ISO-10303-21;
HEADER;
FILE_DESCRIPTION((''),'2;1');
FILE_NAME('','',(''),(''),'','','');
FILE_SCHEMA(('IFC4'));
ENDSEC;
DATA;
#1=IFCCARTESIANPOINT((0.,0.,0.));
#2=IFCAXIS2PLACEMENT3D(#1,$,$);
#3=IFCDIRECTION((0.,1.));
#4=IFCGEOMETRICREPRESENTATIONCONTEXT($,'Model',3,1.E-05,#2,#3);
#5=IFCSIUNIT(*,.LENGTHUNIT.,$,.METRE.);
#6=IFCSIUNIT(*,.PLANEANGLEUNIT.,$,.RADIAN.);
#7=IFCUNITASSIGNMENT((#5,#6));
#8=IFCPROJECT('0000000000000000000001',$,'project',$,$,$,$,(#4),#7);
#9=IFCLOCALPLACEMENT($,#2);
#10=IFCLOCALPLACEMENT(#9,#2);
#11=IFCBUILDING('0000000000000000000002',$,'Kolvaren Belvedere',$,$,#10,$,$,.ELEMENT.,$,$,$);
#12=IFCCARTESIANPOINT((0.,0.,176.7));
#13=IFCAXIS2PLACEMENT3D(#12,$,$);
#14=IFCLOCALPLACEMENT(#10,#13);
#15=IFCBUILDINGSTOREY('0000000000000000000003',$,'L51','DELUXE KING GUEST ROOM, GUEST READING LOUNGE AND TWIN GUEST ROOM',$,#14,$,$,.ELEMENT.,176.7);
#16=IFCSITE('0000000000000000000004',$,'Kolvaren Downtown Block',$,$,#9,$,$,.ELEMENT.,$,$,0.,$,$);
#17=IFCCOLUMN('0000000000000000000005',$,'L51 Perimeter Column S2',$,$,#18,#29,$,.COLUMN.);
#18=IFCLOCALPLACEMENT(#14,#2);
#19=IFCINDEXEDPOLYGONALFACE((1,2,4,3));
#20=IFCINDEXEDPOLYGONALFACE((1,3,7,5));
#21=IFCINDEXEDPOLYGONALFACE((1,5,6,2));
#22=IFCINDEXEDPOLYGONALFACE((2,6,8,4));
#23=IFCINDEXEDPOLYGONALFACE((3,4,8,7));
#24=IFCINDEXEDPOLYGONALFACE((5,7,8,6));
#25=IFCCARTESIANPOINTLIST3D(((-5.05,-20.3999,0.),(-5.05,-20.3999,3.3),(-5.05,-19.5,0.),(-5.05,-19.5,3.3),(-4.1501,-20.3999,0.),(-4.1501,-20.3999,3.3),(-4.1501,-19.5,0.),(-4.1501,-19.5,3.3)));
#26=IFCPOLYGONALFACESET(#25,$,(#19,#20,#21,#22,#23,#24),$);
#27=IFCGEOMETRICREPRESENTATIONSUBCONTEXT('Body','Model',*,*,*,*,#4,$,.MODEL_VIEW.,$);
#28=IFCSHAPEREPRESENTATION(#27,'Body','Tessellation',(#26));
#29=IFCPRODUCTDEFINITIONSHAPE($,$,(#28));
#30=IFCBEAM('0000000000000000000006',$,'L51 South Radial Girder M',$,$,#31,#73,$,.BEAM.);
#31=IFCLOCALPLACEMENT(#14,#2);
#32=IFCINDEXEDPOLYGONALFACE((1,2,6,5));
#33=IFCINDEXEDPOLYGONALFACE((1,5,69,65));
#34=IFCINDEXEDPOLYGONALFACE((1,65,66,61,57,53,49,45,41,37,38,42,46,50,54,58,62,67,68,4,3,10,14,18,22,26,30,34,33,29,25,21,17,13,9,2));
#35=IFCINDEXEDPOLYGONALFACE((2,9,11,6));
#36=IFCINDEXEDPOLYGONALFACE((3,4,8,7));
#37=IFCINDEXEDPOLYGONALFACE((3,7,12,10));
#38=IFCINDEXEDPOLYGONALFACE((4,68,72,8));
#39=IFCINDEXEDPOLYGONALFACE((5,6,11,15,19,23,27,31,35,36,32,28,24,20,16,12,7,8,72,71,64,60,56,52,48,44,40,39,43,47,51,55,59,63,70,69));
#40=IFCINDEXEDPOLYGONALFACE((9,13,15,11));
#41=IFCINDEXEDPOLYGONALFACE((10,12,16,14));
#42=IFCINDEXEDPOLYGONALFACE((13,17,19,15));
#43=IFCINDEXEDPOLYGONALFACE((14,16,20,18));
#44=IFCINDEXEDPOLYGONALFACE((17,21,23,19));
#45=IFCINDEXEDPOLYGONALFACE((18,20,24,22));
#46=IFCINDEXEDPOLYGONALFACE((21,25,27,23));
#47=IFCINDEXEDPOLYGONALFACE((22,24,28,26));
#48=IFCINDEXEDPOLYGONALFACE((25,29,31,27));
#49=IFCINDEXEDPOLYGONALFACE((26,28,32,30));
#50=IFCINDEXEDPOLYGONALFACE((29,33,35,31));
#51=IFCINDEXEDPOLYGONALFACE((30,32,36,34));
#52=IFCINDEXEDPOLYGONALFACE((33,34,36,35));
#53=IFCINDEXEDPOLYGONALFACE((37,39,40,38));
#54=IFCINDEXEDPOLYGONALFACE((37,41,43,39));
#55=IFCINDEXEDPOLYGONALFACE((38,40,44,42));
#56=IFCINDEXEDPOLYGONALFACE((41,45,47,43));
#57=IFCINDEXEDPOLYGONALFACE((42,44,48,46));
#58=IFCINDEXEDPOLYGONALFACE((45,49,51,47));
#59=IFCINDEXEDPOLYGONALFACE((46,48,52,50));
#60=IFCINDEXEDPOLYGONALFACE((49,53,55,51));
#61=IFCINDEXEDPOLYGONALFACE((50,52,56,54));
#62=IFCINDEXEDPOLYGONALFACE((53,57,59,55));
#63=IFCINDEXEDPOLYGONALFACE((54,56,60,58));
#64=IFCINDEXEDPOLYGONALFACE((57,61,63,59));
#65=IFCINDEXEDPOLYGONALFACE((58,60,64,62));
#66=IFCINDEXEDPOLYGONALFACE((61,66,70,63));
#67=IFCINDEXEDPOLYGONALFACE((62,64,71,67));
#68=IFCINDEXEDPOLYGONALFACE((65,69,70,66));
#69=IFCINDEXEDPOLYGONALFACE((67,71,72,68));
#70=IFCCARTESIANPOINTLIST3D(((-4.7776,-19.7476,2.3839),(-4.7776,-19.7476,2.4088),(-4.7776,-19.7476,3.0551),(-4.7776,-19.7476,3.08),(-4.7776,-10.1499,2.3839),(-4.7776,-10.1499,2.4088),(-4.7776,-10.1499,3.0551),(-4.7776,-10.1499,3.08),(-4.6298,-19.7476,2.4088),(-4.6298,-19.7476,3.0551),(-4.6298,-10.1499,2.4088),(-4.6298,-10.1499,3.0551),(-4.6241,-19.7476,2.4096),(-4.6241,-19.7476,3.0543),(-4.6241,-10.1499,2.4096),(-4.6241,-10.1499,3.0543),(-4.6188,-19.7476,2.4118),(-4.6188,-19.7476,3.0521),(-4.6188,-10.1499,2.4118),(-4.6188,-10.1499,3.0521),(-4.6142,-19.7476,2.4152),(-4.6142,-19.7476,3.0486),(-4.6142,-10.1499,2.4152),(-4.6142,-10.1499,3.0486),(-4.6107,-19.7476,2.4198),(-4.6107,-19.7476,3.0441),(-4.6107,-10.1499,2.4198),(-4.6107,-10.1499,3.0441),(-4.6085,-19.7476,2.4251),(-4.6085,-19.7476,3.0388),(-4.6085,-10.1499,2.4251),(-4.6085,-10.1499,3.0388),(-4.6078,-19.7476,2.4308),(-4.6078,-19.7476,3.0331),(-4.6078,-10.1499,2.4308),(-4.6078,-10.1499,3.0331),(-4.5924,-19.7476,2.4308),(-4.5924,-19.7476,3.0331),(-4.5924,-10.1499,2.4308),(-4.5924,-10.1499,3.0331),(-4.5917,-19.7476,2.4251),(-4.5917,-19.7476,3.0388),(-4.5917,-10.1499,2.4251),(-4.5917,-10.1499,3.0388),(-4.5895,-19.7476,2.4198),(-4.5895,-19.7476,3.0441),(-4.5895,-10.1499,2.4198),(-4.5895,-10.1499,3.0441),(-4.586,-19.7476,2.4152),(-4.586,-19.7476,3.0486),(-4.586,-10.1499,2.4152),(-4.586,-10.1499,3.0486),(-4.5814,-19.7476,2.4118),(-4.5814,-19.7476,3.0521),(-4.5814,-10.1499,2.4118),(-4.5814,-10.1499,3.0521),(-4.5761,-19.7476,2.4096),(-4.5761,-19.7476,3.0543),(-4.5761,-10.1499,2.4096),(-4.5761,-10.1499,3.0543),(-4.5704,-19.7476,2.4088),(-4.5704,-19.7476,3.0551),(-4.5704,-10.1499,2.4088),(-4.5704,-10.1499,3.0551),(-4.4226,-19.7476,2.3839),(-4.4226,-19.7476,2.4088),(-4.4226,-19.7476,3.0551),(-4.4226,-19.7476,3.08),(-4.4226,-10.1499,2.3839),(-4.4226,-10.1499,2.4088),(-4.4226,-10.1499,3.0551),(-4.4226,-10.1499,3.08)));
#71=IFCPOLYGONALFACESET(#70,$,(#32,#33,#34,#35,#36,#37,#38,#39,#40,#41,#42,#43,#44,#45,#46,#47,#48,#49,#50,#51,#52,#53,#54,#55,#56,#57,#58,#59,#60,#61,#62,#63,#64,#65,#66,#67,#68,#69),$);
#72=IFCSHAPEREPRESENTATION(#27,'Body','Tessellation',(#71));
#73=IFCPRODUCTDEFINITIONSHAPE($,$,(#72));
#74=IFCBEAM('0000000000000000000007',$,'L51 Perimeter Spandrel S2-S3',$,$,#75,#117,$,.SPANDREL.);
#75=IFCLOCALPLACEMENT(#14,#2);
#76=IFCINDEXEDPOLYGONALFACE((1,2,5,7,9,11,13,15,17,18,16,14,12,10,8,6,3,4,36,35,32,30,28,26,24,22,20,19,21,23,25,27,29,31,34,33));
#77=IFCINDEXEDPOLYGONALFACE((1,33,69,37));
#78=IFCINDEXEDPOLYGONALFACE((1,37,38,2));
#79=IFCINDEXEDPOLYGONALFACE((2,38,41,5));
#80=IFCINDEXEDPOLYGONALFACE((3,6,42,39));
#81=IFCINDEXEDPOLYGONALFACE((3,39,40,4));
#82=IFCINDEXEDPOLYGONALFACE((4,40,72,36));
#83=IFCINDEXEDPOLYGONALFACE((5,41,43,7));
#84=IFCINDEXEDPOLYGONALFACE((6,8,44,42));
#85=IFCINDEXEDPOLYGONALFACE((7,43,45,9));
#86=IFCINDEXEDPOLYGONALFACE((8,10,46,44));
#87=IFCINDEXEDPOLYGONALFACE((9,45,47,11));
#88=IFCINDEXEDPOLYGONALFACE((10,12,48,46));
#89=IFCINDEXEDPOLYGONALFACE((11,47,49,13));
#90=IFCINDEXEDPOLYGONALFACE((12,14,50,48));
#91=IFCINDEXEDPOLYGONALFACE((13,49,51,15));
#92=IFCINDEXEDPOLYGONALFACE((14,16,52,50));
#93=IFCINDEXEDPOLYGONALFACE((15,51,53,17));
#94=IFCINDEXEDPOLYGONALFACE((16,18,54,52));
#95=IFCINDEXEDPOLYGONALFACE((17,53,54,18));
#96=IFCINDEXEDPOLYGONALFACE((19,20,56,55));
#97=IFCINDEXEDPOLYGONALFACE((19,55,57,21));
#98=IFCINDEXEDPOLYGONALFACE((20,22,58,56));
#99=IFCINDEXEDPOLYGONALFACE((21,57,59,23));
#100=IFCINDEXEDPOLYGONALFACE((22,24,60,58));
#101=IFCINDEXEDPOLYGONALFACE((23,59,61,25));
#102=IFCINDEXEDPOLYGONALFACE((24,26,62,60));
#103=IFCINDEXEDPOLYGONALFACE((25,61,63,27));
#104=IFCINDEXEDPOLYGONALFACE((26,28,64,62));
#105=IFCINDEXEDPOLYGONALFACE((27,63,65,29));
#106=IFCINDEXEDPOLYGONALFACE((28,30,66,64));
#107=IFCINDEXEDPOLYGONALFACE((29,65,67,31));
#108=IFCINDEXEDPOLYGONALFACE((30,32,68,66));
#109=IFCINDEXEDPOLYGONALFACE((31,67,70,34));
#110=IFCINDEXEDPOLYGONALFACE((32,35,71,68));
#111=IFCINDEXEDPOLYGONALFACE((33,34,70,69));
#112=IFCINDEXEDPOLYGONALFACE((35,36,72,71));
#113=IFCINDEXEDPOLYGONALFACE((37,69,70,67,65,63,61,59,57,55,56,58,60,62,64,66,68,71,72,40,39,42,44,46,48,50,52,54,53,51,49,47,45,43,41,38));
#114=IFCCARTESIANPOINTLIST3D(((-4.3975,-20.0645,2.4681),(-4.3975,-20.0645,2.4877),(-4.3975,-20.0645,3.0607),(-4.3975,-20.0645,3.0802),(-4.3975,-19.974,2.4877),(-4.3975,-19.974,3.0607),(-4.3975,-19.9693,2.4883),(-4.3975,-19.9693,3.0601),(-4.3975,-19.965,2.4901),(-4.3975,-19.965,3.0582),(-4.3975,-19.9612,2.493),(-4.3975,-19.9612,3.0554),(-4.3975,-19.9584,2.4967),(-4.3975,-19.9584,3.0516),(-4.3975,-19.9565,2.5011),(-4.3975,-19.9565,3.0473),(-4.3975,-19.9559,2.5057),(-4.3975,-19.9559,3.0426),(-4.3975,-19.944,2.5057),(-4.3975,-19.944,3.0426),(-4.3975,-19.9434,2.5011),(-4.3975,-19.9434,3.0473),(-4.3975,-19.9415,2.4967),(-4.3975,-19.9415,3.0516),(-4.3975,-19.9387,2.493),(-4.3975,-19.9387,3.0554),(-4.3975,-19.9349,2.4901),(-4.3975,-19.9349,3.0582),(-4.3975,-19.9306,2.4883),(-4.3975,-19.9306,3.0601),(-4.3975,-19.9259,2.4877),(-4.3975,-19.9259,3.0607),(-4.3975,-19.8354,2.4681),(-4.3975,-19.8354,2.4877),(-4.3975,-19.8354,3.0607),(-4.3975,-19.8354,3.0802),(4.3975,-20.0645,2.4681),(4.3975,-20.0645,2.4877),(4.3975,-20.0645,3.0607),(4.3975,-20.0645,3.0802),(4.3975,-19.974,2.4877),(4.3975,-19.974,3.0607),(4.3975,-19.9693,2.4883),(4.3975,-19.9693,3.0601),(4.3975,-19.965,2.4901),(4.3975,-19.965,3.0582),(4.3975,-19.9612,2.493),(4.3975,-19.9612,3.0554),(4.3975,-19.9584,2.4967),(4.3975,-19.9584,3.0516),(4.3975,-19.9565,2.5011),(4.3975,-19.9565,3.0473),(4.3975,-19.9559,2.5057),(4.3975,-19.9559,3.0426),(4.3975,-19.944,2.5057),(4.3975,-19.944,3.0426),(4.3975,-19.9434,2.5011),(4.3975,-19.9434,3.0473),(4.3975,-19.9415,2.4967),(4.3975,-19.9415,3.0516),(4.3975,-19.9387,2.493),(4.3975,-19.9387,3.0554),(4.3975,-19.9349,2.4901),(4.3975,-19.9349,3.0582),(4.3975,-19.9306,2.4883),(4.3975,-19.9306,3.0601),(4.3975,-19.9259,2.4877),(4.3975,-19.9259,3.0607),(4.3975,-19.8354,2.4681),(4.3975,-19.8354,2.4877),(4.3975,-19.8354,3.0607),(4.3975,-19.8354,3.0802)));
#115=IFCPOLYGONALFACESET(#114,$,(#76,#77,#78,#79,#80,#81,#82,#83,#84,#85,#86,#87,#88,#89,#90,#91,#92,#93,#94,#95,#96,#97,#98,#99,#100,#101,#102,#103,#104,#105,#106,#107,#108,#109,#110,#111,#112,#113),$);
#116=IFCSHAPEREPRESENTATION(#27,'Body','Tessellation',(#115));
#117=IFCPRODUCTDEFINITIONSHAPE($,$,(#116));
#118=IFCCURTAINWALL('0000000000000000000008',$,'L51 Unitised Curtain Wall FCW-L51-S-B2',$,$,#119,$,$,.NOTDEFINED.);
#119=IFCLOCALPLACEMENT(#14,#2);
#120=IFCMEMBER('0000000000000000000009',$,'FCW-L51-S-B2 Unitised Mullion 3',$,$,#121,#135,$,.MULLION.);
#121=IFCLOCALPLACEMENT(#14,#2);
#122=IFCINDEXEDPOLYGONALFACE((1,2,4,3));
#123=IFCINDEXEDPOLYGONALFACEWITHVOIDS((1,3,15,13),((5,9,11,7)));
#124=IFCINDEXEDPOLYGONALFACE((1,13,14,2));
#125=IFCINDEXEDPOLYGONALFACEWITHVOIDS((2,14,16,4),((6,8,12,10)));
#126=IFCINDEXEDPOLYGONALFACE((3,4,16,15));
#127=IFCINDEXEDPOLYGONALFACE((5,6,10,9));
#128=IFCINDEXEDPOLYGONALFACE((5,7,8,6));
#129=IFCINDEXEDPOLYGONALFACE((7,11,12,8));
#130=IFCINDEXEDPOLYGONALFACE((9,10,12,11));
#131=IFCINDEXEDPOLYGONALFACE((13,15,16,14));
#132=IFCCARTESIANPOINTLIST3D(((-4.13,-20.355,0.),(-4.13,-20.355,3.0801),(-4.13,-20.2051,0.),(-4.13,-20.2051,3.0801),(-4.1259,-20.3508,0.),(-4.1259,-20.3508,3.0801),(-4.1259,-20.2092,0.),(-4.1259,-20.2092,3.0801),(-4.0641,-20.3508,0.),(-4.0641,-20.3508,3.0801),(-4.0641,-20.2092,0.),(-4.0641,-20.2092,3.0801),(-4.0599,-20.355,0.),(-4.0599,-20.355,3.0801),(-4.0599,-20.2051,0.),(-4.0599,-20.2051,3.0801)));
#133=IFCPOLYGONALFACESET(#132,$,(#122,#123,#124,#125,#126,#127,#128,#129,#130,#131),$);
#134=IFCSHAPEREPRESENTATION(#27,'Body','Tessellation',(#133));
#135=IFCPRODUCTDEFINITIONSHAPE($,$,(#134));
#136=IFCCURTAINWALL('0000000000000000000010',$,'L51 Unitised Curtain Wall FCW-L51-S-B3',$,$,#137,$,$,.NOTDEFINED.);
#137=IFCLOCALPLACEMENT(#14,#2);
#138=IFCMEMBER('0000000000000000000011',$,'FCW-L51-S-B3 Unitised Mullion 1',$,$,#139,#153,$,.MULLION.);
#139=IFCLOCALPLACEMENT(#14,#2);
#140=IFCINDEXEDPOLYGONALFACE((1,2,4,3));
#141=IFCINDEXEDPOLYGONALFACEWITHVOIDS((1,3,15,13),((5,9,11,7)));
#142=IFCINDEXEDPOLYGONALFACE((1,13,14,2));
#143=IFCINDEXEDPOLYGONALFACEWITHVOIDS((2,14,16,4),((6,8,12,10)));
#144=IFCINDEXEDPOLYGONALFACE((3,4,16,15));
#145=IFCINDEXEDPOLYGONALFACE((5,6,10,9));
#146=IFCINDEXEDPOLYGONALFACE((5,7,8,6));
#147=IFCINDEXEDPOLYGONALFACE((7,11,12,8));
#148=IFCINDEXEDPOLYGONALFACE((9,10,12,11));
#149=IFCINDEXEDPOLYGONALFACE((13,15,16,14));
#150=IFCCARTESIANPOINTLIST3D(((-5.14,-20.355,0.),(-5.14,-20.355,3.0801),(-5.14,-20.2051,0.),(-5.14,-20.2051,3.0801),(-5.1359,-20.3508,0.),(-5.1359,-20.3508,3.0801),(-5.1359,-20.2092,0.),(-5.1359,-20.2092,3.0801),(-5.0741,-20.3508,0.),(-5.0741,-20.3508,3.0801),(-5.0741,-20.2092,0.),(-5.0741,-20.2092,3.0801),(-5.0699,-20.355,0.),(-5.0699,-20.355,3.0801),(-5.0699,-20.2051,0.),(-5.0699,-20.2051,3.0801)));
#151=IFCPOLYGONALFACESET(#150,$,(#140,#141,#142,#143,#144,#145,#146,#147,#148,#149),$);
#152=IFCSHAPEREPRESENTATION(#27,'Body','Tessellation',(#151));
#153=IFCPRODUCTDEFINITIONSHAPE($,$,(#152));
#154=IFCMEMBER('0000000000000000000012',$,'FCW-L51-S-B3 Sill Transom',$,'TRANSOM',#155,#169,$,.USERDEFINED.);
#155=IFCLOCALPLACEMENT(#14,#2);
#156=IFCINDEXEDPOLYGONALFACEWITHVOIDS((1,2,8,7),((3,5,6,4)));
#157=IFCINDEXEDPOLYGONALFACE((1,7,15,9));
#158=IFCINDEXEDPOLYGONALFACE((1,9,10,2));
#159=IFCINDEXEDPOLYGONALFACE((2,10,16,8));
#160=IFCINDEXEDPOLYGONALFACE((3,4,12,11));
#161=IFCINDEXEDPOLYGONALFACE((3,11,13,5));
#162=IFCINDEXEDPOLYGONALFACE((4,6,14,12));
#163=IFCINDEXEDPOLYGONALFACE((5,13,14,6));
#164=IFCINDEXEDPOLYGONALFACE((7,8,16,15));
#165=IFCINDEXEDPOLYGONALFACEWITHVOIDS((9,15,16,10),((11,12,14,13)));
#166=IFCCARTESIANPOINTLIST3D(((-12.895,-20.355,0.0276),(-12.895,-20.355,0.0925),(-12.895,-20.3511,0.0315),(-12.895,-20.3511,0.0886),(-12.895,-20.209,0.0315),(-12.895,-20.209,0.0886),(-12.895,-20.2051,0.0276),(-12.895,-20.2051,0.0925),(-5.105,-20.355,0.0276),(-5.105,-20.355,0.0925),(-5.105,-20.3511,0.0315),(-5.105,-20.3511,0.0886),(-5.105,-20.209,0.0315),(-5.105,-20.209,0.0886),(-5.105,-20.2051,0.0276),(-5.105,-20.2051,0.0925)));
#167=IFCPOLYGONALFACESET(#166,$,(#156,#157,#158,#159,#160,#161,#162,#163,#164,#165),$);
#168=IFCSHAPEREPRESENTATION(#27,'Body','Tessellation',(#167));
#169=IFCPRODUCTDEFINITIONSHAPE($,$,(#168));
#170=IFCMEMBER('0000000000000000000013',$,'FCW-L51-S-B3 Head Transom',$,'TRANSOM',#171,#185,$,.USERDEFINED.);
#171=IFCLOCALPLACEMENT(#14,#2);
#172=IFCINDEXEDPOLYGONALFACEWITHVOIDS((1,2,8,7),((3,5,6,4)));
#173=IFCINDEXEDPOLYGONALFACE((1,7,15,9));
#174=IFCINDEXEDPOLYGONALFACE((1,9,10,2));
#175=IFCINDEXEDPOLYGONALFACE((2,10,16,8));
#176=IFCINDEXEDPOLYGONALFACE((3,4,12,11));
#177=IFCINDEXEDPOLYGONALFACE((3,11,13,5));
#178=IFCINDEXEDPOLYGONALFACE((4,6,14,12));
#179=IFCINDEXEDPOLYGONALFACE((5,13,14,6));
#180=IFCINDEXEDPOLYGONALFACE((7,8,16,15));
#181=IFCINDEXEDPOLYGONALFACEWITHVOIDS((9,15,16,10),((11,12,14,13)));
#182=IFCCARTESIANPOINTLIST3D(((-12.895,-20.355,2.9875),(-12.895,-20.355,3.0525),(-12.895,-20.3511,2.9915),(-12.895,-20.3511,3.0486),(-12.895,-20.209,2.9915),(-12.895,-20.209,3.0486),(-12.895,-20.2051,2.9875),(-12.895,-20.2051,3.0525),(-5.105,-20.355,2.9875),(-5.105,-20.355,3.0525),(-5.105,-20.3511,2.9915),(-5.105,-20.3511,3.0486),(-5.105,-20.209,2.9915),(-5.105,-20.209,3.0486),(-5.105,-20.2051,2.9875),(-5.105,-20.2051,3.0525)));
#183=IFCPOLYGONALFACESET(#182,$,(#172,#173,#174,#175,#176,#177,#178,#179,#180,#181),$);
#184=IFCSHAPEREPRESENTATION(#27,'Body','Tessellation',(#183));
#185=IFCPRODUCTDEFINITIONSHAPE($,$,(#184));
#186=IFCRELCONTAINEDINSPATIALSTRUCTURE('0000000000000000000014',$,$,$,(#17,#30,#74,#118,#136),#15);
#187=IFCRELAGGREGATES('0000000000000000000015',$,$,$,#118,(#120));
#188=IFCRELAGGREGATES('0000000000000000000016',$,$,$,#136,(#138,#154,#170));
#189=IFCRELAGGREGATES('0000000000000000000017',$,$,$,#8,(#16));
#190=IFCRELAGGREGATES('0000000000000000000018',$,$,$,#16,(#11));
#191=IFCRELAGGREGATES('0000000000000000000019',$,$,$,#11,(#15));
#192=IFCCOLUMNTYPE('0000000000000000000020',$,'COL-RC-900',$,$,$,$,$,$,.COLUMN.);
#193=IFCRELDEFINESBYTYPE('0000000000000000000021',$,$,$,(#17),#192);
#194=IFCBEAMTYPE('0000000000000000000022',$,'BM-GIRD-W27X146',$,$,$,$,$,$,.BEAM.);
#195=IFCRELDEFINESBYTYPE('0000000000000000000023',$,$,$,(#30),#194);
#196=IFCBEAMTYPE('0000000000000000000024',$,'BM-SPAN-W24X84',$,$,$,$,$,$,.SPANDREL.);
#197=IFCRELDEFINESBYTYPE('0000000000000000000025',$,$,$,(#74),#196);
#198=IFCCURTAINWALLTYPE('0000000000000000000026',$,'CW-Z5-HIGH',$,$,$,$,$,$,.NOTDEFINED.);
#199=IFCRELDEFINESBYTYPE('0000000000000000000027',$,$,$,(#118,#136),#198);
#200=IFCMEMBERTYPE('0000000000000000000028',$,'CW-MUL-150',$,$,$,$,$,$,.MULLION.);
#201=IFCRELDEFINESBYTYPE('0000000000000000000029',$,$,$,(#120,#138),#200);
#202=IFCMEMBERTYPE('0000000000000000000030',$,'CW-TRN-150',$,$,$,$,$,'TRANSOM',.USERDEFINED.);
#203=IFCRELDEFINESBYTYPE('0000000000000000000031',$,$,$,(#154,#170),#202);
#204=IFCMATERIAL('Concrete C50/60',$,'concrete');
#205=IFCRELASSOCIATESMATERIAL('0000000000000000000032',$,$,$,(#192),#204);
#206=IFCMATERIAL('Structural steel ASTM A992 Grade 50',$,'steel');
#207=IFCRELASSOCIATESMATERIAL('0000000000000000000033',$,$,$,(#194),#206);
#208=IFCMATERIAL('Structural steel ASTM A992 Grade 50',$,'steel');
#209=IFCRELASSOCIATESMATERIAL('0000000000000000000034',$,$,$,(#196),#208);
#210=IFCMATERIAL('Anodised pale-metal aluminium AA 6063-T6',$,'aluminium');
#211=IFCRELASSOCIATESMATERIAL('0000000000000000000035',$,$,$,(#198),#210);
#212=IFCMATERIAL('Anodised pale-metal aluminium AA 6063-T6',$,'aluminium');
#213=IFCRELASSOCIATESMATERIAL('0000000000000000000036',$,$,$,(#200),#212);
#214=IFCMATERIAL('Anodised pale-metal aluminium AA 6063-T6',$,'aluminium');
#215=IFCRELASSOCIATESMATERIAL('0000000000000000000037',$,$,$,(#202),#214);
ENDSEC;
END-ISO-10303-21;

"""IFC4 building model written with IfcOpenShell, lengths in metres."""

from ifc_helpers import new_model, si_unit, direction, frame, origin, origin_2d, place, context, subcontext, project, spatial, rectangle, hollow_rectangle, i_section, extrude, material, material_profile, profile_set, type_object, element, aggregate, save


model = new_model("IFC4")

# Units and contexts
model_context = context("Model", 3, precision=1e-05, world=origin(), true_north=direction((0.0, 1.0)))
body_context = subcontext(model_context, "Body", "Model", "MODEL_VIEW")
ifc_project = project(units=[si_unit("LENGTHUNIT", "METRE"), si_unit("PLANEANGLEUNIT", "RADIAN")], contexts=[model_context])

# Site, building, storey
site_placement = place(None, origin())
site = spatial("IfcSite", under=ifc_project, at=site_placement, Name="Kolvaren Downtown Block", CompositionType="ELEMENT", RefElevation=0.0)
building_placement = place(site_placement, origin())
building = spatial("IfcBuilding", under=site, at=building_placement, Name="Kolvaren Belvedere", CompositionType="ELEMENT")
storey_placement = place(building_placement, frame((0.0, 0.0, 176.7)))
storey = spatial("IfcBuildingStorey", under=building, at=storey_placement, Name="L51", Description="DELUXE KING GUEST ROOM, GUEST READING LOUNGE AND TWIN GUEST ROOM", CompositionType="ELEMENT", Elevation=176.7)

# Column
ifc_material_1 = material(Name="Concrete C50/60", Category="concrete")
ifc_material_profile_1 = material_profile(ifc_material_1, rectangle(XDim=0.8999, YDim=0.8999, at=origin_2d()), Name="RC 900X900")
ifc_profile_set_1 = profile_set([ifc_material_profile_1], Name="Concrete C50/60")
column_type = type_object("IfcColumnType", Name="COL-RC-900", PredefinedType="COLUMN", material=ifc_profile_set_1)
column_placement = place(storey_placement, frame((-4.6001, -19.95, 0.0), z_axis=(0.0, 0.0, 1.0), x_axis=(1.0, 0.0, 0.0)))
element("IfcColumn", 1, at=column_placement, inside=storey, type_object=column_type, Name="L51 Perimeter Column S2", PredefinedType="COLUMN", context=body_context, shape_type="SweptSolid", body=[
    extrude(rectangle(XDim=0.8999, YDim=0.8999, at=origin_2d()), origin(), (0.0, 0.0, 1.0), 3.3),
])

# Beams
ifc_material_2 = material(Name="Structural steel ASTM A992 Grade 50", Category="steel")
ifc_material_profile_2 = material_profile(ifc_material_2, i_section(OverallWidth=0.355, OverallDepth=0.696, WebThickness=0.0154, FlangeThickness=0.0249, FilletRadius=0.022, at=origin_2d()), Name="W27X146")
ifc_profile_set_2 = profile_set([ifc_material_profile_2], Name="Structural steel ASTM A992 Grade 50")
beam_type_1 = type_object("IfcBeamType", Name="BM-GIRD-W27X146", PredefinedType="BEAM", material=ifc_profile_set_2)
beam_1_placement = place(storey_placement, frame((-4.6001, -10.1499, 2.7319), z_axis=(0.0, -1.0, 0.0), x_axis=(1.0, 0.0, 0.0)))
element("IfcBeam", 2, at=beam_1_placement, inside=storey, type_object=beam_type_1, Name="L51 South Radial Girder M", PredefinedType="BEAM", context=body_context, shape_type="SweptSolid", body=[
    extrude(i_section(OverallWidth=0.355, OverallDepth=0.696, WebThickness=0.0154, FlangeThickness=0.0249, FilletRadius=0.022, at=origin_2d()), origin(), (0.0, 0.0, 1.0), 9.5977),
])
ifc_material_3 = material(Name="Structural steel ASTM A992 Grade 50", Category="steel")
ifc_material_profile_3 = material_profile(ifc_material_3, i_section(OverallWidth=0.229, OverallDepth=0.6121, WebThickness=0.012, FlangeThickness=0.0195, FilletRadius=0.0181, at=origin_2d()), Name="W24X84")
ifc_profile_set_3 = profile_set([ifc_material_profile_3], Name="Structural steel ASTM A992 Grade 50")
beam_type_2 = type_object("IfcBeamType", Name="BM-SPAN-W24X84", PredefinedType="SPANDREL", material=ifc_profile_set_3)
beam_2_placement = place(storey_placement, frame((-4.3975, -19.95, 2.7742), z_axis=(1.0, 0.0, 0.0), x_axis=(0.0, 1.0, 0.0)))
element("IfcBeam", 3, at=beam_2_placement, inside=storey, type_object=beam_type_2, Name="L51 Perimeter Spandrel S2-S3", PredefinedType="SPANDREL", context=body_context, shape_type="SweptSolid", body=[
    extrude(i_section(OverallWidth=0.229, OverallDepth=0.6121, WebThickness=0.012, FlangeThickness=0.0195, FilletRadius=0.0181, at=origin_2d()), origin(), (0.0, 0.0, 1.0), 8.7949),
])

# Curtain wall, member
ifc_material_4 = material(Name="Anodised pale-metal aluminium AA 6063-T6", Category="aluminium")
curtain_wall_type = type_object("IfcCurtainWallType", Name="CW-Z5-HIGH", PredefinedType="NOTDEFINED", material=ifc_material_4)
curtain_wall_1_placement = place(storey_placement, origin())
curtain_wall_1 = element("IfcCurtainWall", 4, at=curtain_wall_1_placement, inside=storey, type_object=curtain_wall_type, Name="L51 Unitised Curtain Wall FCW-L51-S-B2", PredefinedType="NOTDEFINED")
ifc_material_5 = material(Name="Anodised pale-metal aluminium AA 6063-T6", Category="aluminium")
ifc_material_profile_4 = material_profile(ifc_material_5, hollow_rectangle(XDim=0.0701, YDim=0.1499, WallThickness=0.0042, at=origin_2d()), Name="ALU-MUL-150X70")
ifc_profile_set_4 = profile_set([ifc_material_profile_4], Name="Anodised pale-metal aluminium AA 6063-T6")
member_type_1 = type_object("IfcMemberType", Name="CW-MUL-150", PredefinedType="MULLION", material=ifc_profile_set_4)
member_1_placement = place(storey_placement, frame((-4.095, -20.28, 0.0), z_axis=(0.0, 0.0, 1.0), x_axis=(1.0, 0.0, 0.0)))
member_1 = element("IfcMember", 5, at=member_1_placement, type_object=member_type_1, Name="FCW-L51-S-B2 Unitised Mullion 3", PredefinedType="MULLION", context=body_context, shape_type="SweptSolid", body=[
    extrude(hollow_rectangle(XDim=0.0701, YDim=0.1499, WallThickness=0.0042, at=origin_2d()), origin(), (0.0, 0.0, 1.0), 3.0801),
])

# Curtain wall, members
curtain_wall_2_placement = place(storey_placement, origin())
curtain_wall_2 = element("IfcCurtainWall", 6, at=curtain_wall_2_placement, inside=storey, type_object=curtain_wall_type, Name="L51 Unitised Curtain Wall FCW-L51-S-B3", PredefinedType="NOTDEFINED")
member_2_placement = place(storey_placement, frame((-5.105, -20.28, 0.0), z_axis=(0.0, 0.0, 1.0), x_axis=(1.0, 0.0, 0.0)))
member_2 = element("IfcMember", 7, at=member_2_placement, type_object=member_type_1, Name="FCW-L51-S-B3 Unitised Mullion 1", PredefinedType="MULLION", context=body_context, shape_type="SweptSolid", body=[
    extrude(hollow_rectangle(XDim=0.0701, YDim=0.1499, WallThickness=0.0042, at=origin_2d()), origin(), (0.0, 0.0, 1.0), 3.0801),
])
ifc_material_6 = material(Name="Anodised pale-metal aluminium AA 6063-T6", Category="aluminium")
ifc_material_profile_5 = material_profile(ifc_material_6, hollow_rectangle(XDim=0.0649, YDim=0.1499, WallThickness=0.0039, at=origin_2d()), Name="ALU-TRN-150X65")
ifc_profile_set_5 = profile_set([ifc_material_profile_5], Name="Anodised pale-metal aluminium AA 6063-T6")
member_type_2 = type_object("IfcMemberType", Name="CW-TRN-150", ElementType="TRANSOM", PredefinedType="USERDEFINED", material=ifc_profile_set_5)
member_3_placement = place(storey_placement, frame((-5.105, -20.28, 0.0601), z_axis=(-1.0, 0.0, 0.0), x_axis=(0.0, 0.0, 1.0)))
member_3 = element("IfcMember", 8, at=member_3_placement, type_object=member_type_2, Name="FCW-L51-S-B3 Sill Transom", ObjectType="TRANSOM", PredefinedType="USERDEFINED", context=body_context, shape_type="SweptSolid", body=[
    extrude(hollow_rectangle(XDim=0.0649, YDim=0.1499, WallThickness=0.0039, at=origin_2d()), origin(), (0.0, 0.0, 1.0), 7.79),
])
member_4_placement = place(storey_placement, frame((-5.105, -20.28, 3.02), z_axis=(-1.0, 0.0, 0.0), x_axis=(0.0, 0.0, 1.0)))
member_4 = element("IfcMember", 9, at=member_4_placement, type_object=member_type_2, Name="FCW-L51-S-B3 Head Transom", ObjectType="TRANSOM", PredefinedType="USERDEFINED", context=body_context, shape_type="SweptSolid", body=[
    extrude(hollow_rectangle(XDim=0.0649, YDim=0.1499, WallThickness=0.0039, at=origin_2d()), origin(), (0.0, 0.0, 1.0), 7.79),
])

aggregate(curtain_wall_1, [member_1])
aggregate(curtain_wall_2, [member_2, member_3, member_4])

save(model, "model.ifc")
